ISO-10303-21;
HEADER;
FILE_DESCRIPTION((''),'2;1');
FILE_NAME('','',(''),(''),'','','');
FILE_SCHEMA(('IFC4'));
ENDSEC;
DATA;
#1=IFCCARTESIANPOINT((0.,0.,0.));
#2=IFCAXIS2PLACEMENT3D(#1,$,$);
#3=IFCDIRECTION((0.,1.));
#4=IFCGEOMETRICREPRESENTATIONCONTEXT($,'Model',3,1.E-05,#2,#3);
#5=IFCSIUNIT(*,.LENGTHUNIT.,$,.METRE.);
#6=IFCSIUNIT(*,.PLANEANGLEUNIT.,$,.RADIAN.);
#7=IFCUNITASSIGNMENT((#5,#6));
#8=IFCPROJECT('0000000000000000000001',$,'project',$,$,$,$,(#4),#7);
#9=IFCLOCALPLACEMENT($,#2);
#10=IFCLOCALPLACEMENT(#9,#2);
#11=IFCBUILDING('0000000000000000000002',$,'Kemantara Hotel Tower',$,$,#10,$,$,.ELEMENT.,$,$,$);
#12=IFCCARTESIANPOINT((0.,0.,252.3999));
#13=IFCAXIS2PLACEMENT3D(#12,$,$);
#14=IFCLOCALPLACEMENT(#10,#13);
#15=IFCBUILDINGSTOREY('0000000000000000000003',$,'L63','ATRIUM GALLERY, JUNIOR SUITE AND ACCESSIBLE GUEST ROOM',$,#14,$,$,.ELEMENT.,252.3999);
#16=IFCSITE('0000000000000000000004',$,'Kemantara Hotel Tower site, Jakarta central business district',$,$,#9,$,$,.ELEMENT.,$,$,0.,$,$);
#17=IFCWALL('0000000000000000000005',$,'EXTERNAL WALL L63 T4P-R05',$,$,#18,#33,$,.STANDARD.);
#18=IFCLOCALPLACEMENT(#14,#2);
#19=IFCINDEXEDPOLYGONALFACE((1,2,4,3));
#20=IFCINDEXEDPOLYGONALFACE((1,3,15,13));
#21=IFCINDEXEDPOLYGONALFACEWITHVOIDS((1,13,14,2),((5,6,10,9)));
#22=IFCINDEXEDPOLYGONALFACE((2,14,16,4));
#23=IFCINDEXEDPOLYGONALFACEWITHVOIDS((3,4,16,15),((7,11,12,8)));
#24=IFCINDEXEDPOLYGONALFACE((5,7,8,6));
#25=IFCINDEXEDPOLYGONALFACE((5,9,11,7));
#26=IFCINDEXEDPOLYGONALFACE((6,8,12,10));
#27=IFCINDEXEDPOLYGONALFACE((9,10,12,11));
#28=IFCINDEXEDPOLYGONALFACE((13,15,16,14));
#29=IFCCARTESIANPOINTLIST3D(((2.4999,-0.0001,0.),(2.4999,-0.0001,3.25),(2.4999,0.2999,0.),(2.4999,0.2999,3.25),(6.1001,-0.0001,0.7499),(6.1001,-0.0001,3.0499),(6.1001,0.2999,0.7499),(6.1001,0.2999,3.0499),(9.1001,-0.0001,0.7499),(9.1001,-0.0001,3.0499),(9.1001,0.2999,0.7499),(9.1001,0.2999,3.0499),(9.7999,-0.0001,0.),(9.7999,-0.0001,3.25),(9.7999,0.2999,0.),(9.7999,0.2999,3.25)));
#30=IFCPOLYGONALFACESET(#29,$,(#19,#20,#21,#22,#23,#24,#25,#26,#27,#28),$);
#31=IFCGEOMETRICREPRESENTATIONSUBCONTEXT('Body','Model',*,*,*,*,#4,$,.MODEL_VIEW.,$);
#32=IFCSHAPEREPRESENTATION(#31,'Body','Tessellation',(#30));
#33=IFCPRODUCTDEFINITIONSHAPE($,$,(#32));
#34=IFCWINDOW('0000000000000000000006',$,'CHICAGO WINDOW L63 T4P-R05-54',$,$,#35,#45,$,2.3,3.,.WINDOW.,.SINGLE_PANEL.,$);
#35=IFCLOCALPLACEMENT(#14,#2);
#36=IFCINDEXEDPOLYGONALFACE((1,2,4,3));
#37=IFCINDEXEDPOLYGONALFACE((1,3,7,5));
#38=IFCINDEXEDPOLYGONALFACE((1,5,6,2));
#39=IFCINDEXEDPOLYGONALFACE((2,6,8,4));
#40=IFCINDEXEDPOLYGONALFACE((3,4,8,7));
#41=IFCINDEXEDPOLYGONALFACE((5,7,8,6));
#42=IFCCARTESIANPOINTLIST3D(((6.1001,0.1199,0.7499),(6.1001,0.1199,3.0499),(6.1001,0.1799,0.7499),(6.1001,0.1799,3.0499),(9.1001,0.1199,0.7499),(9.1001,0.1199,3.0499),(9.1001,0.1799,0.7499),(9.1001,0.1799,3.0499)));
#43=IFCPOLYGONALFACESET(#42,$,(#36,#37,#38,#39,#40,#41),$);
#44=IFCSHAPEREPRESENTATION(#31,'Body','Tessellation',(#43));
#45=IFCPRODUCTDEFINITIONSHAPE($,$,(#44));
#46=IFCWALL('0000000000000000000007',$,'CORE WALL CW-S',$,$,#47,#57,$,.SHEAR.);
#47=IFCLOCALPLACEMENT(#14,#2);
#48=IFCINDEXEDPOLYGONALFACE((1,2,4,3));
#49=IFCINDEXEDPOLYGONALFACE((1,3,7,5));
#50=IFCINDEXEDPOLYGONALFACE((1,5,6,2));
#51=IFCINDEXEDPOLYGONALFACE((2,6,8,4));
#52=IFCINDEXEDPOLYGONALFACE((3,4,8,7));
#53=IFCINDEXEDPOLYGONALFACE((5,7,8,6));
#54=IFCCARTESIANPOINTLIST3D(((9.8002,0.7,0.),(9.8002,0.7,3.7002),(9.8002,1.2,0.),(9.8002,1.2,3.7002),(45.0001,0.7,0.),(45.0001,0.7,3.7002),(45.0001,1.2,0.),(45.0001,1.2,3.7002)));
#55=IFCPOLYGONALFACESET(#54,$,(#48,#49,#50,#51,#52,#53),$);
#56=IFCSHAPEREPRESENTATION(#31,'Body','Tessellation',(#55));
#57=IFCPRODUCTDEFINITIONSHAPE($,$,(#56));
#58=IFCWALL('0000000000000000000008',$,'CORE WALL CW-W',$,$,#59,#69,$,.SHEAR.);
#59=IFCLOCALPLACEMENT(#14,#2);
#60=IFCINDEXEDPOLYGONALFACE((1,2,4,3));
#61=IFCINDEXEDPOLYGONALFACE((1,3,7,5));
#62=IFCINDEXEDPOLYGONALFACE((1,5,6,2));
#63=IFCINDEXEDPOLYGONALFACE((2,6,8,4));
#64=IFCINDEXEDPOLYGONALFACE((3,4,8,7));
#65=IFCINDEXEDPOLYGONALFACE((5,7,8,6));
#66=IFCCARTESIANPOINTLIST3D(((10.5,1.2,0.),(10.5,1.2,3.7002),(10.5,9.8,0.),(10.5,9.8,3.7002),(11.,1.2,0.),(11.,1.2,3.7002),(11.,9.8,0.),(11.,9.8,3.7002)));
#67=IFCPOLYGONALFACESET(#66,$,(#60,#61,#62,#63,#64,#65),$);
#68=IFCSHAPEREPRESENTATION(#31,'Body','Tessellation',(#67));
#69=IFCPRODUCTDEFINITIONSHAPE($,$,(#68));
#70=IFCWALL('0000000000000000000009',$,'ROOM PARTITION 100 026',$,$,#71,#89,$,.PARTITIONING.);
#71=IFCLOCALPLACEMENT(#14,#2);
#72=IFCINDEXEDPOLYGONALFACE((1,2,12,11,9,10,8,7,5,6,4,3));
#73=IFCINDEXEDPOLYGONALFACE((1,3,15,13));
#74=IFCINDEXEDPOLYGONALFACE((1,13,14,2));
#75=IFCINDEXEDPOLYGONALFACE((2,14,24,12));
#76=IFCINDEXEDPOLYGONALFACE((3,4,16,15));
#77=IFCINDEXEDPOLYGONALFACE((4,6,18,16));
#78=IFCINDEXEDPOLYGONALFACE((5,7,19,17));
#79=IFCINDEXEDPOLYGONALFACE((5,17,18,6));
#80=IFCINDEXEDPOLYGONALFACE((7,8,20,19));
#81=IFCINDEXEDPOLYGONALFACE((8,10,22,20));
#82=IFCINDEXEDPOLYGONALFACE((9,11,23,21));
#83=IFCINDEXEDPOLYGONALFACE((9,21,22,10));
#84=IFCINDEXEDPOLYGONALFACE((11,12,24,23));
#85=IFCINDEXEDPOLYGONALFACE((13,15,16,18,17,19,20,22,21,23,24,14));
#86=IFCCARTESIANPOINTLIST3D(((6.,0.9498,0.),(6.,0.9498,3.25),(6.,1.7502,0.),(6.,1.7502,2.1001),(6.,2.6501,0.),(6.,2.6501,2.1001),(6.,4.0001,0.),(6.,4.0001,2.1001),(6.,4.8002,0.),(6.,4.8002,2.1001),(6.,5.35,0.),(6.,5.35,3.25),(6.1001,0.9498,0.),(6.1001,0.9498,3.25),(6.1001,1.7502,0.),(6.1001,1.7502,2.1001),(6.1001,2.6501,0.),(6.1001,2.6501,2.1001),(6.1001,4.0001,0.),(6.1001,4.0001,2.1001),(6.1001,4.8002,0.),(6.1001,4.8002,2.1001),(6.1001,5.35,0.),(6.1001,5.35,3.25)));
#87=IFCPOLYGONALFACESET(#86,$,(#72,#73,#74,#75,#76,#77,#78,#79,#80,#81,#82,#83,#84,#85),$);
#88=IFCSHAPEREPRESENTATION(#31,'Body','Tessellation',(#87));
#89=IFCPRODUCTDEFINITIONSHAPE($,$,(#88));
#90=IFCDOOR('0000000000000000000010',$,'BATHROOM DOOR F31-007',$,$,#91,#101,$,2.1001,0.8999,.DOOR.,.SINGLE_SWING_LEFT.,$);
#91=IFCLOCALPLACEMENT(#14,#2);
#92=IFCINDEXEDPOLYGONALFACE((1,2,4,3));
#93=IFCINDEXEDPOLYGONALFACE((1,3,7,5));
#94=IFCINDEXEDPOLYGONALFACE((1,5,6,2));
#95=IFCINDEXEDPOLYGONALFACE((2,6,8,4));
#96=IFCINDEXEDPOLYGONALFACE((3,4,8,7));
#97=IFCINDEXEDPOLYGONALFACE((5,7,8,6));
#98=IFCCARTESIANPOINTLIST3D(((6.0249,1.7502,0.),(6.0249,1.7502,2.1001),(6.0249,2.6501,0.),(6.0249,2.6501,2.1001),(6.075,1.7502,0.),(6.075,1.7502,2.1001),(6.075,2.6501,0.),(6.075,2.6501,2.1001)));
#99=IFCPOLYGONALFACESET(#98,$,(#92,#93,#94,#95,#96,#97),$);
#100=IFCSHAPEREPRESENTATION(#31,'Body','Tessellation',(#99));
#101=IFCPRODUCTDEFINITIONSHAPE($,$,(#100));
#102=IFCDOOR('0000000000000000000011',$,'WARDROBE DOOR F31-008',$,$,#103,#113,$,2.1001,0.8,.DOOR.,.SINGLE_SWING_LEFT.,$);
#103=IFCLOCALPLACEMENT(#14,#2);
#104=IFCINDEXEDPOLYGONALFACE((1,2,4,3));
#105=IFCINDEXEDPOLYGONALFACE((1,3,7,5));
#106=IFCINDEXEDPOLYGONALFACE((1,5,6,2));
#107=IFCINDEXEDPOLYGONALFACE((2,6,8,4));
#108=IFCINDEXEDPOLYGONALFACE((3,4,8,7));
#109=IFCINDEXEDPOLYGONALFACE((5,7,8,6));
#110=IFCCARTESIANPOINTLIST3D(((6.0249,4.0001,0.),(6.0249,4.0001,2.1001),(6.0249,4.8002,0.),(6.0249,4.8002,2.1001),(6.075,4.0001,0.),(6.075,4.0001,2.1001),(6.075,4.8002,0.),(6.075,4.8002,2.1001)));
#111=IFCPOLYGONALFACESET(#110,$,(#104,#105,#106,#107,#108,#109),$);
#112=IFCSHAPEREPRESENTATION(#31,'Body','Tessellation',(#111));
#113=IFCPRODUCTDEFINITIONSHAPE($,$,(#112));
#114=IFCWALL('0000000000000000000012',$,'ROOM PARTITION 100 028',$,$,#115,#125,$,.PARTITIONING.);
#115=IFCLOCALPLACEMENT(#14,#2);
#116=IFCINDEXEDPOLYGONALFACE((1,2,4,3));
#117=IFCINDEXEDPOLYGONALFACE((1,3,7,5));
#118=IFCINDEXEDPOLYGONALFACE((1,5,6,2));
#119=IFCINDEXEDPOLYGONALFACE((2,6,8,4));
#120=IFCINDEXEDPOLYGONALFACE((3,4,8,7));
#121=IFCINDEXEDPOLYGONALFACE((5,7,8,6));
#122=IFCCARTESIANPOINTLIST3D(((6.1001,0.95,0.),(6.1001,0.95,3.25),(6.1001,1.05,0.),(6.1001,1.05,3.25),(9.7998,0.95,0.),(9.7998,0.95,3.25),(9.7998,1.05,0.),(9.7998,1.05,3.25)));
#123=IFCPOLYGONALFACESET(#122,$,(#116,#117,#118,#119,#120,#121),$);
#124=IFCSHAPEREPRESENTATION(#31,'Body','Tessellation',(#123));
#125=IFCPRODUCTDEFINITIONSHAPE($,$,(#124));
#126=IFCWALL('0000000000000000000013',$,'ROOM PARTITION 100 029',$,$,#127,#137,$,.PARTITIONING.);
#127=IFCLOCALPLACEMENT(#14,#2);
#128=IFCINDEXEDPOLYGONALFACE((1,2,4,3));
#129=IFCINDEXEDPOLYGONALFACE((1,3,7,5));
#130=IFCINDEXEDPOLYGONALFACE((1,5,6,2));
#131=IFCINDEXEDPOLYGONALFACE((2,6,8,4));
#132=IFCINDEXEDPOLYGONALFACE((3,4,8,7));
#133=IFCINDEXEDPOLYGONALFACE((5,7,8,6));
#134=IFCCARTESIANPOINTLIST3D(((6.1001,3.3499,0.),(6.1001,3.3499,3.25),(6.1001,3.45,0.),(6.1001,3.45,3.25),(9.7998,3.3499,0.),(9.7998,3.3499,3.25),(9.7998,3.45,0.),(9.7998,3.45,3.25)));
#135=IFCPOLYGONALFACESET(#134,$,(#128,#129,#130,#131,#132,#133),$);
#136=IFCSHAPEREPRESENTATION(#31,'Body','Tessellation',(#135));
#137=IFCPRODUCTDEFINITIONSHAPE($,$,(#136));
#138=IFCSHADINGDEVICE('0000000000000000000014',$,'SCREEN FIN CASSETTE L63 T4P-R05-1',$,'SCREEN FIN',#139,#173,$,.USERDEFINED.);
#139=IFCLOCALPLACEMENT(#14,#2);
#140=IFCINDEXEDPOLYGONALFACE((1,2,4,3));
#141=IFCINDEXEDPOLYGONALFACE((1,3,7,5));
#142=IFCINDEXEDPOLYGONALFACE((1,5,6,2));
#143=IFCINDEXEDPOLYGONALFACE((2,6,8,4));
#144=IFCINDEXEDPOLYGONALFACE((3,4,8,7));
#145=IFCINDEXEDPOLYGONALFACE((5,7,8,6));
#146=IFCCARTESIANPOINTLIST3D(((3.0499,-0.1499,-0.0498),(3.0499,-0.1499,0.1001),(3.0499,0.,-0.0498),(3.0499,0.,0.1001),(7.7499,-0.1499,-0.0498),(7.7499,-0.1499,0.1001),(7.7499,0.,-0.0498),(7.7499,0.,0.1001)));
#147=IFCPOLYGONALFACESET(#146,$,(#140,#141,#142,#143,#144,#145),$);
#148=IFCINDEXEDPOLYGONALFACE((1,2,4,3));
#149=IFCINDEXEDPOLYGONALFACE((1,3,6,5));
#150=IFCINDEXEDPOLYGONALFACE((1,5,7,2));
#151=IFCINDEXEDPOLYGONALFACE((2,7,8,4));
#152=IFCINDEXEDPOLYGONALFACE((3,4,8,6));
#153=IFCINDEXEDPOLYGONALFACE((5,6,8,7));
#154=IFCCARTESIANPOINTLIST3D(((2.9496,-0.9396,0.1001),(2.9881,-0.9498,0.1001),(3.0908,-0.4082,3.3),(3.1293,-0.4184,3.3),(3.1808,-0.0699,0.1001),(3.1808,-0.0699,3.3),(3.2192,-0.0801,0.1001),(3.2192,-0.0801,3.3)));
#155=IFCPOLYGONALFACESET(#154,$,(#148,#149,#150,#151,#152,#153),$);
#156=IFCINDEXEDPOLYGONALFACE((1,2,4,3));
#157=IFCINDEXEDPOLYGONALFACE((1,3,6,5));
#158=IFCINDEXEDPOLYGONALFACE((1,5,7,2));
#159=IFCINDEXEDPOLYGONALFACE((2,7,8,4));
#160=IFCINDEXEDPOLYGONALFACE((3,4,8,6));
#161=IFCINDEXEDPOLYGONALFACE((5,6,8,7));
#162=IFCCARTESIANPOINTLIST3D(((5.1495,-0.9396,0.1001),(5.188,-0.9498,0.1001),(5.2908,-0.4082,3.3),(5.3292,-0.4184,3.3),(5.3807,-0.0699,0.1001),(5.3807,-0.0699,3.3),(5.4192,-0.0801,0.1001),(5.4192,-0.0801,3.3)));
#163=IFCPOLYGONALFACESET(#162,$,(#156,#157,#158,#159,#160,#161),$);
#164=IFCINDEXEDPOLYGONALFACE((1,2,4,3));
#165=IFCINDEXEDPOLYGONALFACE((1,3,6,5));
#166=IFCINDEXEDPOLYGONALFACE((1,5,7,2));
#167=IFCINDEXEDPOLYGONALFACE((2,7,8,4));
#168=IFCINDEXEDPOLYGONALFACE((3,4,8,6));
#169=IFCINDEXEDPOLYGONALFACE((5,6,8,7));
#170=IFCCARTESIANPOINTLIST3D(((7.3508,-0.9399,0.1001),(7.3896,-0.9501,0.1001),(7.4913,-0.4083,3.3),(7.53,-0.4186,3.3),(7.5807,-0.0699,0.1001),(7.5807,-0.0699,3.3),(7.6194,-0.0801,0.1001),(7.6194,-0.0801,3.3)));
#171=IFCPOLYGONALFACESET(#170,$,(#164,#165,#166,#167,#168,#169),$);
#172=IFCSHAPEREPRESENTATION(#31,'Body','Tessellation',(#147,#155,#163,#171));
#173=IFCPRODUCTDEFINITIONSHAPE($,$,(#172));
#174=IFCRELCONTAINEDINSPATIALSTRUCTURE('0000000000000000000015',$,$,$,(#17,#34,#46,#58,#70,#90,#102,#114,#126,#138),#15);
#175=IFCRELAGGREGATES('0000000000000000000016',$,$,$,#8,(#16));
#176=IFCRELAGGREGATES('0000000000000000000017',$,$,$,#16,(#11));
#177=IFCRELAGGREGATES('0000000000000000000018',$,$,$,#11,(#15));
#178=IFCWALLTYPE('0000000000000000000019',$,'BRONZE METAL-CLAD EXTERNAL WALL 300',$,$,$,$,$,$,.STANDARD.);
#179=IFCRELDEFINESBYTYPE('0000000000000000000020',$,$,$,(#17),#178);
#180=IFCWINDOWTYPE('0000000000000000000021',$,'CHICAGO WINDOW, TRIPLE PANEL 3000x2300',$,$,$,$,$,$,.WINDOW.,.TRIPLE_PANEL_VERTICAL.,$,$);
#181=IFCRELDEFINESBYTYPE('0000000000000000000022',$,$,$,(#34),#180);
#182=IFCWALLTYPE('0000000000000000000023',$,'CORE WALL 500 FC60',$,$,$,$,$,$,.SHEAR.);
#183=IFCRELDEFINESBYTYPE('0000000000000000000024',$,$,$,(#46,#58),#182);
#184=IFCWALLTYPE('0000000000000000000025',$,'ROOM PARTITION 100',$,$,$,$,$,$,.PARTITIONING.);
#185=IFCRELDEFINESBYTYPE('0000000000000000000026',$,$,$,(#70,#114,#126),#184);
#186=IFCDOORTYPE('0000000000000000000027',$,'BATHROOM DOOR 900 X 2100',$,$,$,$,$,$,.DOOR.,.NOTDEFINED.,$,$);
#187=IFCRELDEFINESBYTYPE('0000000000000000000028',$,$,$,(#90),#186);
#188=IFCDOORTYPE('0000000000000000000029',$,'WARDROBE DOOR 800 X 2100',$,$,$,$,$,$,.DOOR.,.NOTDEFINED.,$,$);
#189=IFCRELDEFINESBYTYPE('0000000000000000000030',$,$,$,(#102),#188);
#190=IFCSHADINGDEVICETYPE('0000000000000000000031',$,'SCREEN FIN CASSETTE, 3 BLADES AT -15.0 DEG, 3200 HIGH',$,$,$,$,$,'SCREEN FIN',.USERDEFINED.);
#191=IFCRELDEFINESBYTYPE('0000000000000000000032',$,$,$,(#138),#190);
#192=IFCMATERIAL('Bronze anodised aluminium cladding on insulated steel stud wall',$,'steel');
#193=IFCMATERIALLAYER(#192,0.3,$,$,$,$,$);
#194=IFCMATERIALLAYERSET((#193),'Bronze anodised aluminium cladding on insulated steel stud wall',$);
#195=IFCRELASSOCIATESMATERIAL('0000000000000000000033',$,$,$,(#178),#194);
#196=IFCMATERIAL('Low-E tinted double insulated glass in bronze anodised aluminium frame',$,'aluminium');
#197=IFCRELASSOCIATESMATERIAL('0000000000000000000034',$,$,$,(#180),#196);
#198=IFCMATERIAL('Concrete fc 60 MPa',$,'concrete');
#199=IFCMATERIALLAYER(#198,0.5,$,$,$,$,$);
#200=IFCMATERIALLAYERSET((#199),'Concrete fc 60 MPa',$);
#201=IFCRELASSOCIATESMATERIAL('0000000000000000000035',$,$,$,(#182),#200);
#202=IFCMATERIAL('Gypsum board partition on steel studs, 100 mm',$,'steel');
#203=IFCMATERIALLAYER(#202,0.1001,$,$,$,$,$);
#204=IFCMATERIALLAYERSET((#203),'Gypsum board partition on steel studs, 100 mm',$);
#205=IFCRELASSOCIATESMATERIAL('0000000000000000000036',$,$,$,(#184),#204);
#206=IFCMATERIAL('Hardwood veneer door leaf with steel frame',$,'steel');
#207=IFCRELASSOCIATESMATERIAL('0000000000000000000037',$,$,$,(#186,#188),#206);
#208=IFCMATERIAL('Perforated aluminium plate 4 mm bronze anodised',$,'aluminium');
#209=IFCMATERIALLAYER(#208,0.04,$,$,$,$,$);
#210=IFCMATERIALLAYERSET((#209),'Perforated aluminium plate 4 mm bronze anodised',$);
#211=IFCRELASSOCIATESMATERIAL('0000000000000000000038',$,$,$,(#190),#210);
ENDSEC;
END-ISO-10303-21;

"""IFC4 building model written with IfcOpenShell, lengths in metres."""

from ifc_helpers import new_model, si_unit, direction, frame, frame_2d, origin, origin_2d, place, context, subcontext, project, spatial, polyline, rectangle, outline, extrude, source, transform, mapped, material, layer, layer_set, type_object, element, fill, save


model = new_model("IFC4")

# Units and contexts
model_context = context("Model", 3, precision=1e-05, world=origin(), true_north=direction((0.0, 1.0)))
body_context = subcontext(model_context, "Body", "Model", "MODEL_VIEW")
ifc_project = project(units=[si_unit("LENGTHUNIT", "METRE"), si_unit("PLANEANGLEUNIT", "RADIAN")], contexts=[model_context])

# Site, building, storey
site_placement = place(None, origin())
site = spatial("IfcSite", under=ifc_project, at=site_placement, Name="Kemantara Hotel Tower site, Jakarta central business district", CompositionType="ELEMENT", RefElevation=0.0)
building_placement = place(site_placement, origin())
building = spatial("IfcBuilding", under=site, at=building_placement, Name="Kemantara Hotel Tower", CompositionType="ELEMENT")
storey_placement = place(building_placement, frame((0.0, 0.0, 252.3999)))
storey = spatial("IfcBuildingStorey", under=building, at=storey_placement, Name="L63", Description="ATRIUM GALLERY, JUNIOR SUITE AND ACCESSIBLE GUEST ROOM", CompositionType="ELEMENT", Elevation=252.3999)

# Shared definitions
ifc_material_1 = material(Name="Concrete fc 60 MPa", Category="concrete")

# Shared definitions
ifc_material_2 = material(Name="Bronze anodised aluminium cladding on insulated steel stud wall", Category="steel")
ifc_layer_1 = layer(ifc_material_2, 0.3)
ifc_layer_set_1 = layer_set([ifc_layer_1], Name="Bronze anodised aluminium cladding on insulated steel stud wall")
wall_type_1 = type_object("IfcWallType", Name="BRONZE METAL-CLAD EXTERNAL WALL 300", PredefinedType="STANDARD", material=ifc_layer_set_1)

# Wall, opening, window
wall_1_placement = place(storey_placement, frame((2.5, 0.1499, 0.0), z_axis=(0.0, 0.0, 1.0), x_axis=(1.0, 0.0, 0.0)))
wall_1 = element("IfcWall", 1, at=wall_1_placement, inside=storey, type_object=wall_type_1, Name="EXTERNAL WALL L63 T4P-R05", PredefinedType="STANDARD", context=body_context, shape_type="SweptSolid", body=[
    extrude(rectangle(XDim=7.3, YDim=0.3, at=frame_2d((3.6499, 0.0))), origin(), (0.0, 0.0, 1.0), 3.25),
])
opening_1_placement = place(wall_1_placement, frame((3.6001, 0.0, 0.75)))
opening_1 = element("IfcOpeningElement", 2, at=opening_1_placement, cuts=wall_1, PredefinedType="OPENING", context=body_context, shape_type="SweptSolid", body=[
    extrude(rectangle(XDim=3.0, YDim=2.3, at=frame_2d((1.5, 1.1499))), frame((0.0, 0.1599, 0.0), z_axis=(0.0, -1.0, 0.0), x_axis=(1.0, 0.0, 0.0)), (0.0, 0.0, 1.0), 0.3201),
])
ifc_material_3 = material(Name="Low-E tinted double insulated glass in bronze anodised aluminium frame", Category="aluminium")
window_type = type_object("IfcWindowType", Name="CHICAGO WINDOW, TRIPLE PANEL 3000x2300", PartitioningType="TRIPLE_PANEL_VERTICAL", PredefinedType="WINDOW", material=ifc_material_3)
window_placement = place(opening_1_placement, origin())
window = element("IfcWindow", 3, at=window_placement, inside=storey, type_object=window_type, Name="CHICAGO WINDOW L63 T4P-R05-54", OverallHeight=2.3, OverallWidth=3.0, PartitioningType="SINGLE_PANEL", PredefinedType="WINDOW", context=body_context, shape_type="SweptSolid", body=[
    extrude(rectangle(XDim=3.0, YDim=2.3, at=frame_2d((1.5, 1.1499))), frame((0.0, 0.03, 0.0), z_axis=(0.0, -1.0, 0.0), x_axis=(1.0, 0.0, 0.0)), (0.0, 0.0, 1.0), 0.0601),
])
fill(opening_1, window)

# Walls
ifc_layer_2 = layer(ifc_material_1, 0.5)
ifc_layer_set_2 = layer_set([ifc_layer_2], Name="Concrete fc 60 MPa")
wall_type_2 = type_object("IfcWallType", Name="CORE WALL 500 FC60", PredefinedType="SHEAR", material=ifc_layer_set_2)
wall_2_placement = place(storey_placement, frame((9.8, 0.95, 0.0), z_axis=(0.0, 0.0, 1.0), x_axis=(1.0, 0.0, 0.0)))
element("IfcWall", 4, at=wall_2_placement, inside=storey, type_object=wall_type_2, Name="CORE WALL CW-S", PredefinedType="SHEAR", context=body_context, shape_type="SweptSolid", body=[
    extrude(rectangle(XDim=35.2, YDim=0.5, at=frame_2d((17.6001, 0.0))), origin(), (0.0, 0.0, 1.0), 3.7002),
])
wall_3_placement = place(storey_placement, frame((10.75, 1.2, 0.0), z_axis=(0.0, 0.0, 1.0), x_axis=(0.0, 1.0, 0.0)))
element("IfcWall", 5, at=wall_3_placement, inside=storey, type_object=wall_type_2, Name="CORE WALL CW-W", PredefinedType="SHEAR", context=body_context, shape_type="SweptSolid", body=[
    extrude(rectangle(XDim=8.6001, YDim=0.5, at=frame_2d((4.3, 0.0))), origin(), (0.0, 0.0, 1.0), 3.7002),
])

# Wall, openings, doors
ifc_material_4 = material(Name="Gypsum board partition on steel studs, 100 mm", Category="steel")
ifc_layer_3 = layer(ifc_material_4, 0.1001)
ifc_layer_set_3 = layer_set([ifc_layer_3], Name="Gypsum board partition on steel studs, 100 mm")
wall_type_3 = type_object("IfcWallType", Name="ROOM PARTITION 100", PredefinedType="PARTITIONING", material=ifc_layer_set_3)
wall_4_placement = place(storey_placement, frame((6.05, 5.3501, 0.0), z_axis=(0.0, 0.0, 1.0), x_axis=(0.0, -1.0, 0.0)))
wall_4 = element("IfcWall", 6, at=wall_4_placement, inside=storey, type_object=wall_type_3, Name="ROOM PARTITION 100 026", PredefinedType="PARTITIONING", context=body_context, shape_type="SweptSolid", body=[
    extrude(rectangle(XDim=4.4001, YDim=0.1001, at=frame_2d((2.2002, 0.0))), origin(), (0.0, 0.0, 1.0), 3.25),
])
opening_2_placement = place(wall_4_placement, frame((2.7, 0.0, 0.0)))
opening_2 = element("IfcOpeningElement", 7, at=opening_2_placement, cuts=wall_4, PredefinedType="OPENING", context=body_context, shape_type="SweptSolid", body=[
    extrude(rectangle(XDim=0.8999, YDim=2.1001, at=frame_2d((0.45, 1.05))), frame((0.0, 0.0601, 0.0), z_axis=(0.0, -1.0, 0.0), x_axis=(1.0, 0.0, 0.0)), (0.0, 0.0, 1.0), 0.1201),
])
opening_3_placement = place(wall_4_placement, frame((0.55, 0.0, 0.0)))
opening_3 = element("IfcOpeningElement", 8, at=opening_3_placement, cuts=wall_4, PredefinedType="OPENING", context=body_context, shape_type="SweptSolid", body=[
    extrude(rectangle(XDim=0.8, YDim=2.1001, at=frame_2d((0.3999, 1.05))), frame((0.0, 0.0601, 0.0), z_axis=(0.0, -1.0, 0.0), x_axis=(1.0, 0.0, 0.0)), (0.0, 0.0, 1.0), 0.1201),
])
ifc_material_5 = material(Name="Hardwood veneer door leaf with steel frame", Category="steel")
door_type_1 = type_object("IfcDoorType", Name="BATHROOM DOOR 900 X 2100", OperationType="NOTDEFINED", PredefinedType="DOOR", material=ifc_material_5)
door_1_placement = place(opening_2_placement, origin())
door_1 = element("IfcDoor", 9, at=door_1_placement, inside=storey, type_object=door_type_1, Name="BATHROOM DOOR F31-007", OperationType="SINGLE_SWING_LEFT", OverallHeight=2.1001, OverallWidth=0.8999, PredefinedType="DOOR", context=body_context, shape_type="SweptSolid", body=[
    extrude(rectangle(XDim=0.8999, YDim=2.1001, at=frame_2d((0.45, 1.05))), frame((0.0, 0.0249, 0.0), z_axis=(0.0, -1.0, 0.0), x_axis=(1.0, 0.0, 0.0)), (0.0, 0.0, 1.0), 0.05),
])
fill(opening_2, door_1)
door_type_2 = type_object("IfcDoorType", Name="WARDROBE DOOR 800 X 2100", OperationType="NOTDEFINED", PredefinedType="DOOR", material=ifc_material_5)
door_2_placement = place(opening_3_placement, origin())
door_2 = element("IfcDoor", 10, at=door_2_placement, inside=storey, type_object=door_type_2, Name="WARDROBE DOOR F31-008", OperationType="SINGLE_SWING_LEFT", OverallHeight=2.1001, OverallWidth=0.8, PredefinedType="DOOR", context=body_context, shape_type="SweptSolid", body=[
    extrude(rectangle(XDim=0.8, YDim=2.1001, at=frame_2d((0.3999, 1.05))), frame((0.0, 0.0249, 0.0), z_axis=(0.0, -1.0, 0.0), x_axis=(1.0, 0.0, 0.0)), (0.0, 0.0, 1.0), 0.05),
])
fill(opening_3, door_2)

# Walls
for number, where, z_axis, x_axis, name in (
    (11, (6.1001, 1.0, 0.0), (0.0, 0.0, 1.0), (1.0, 0.0, 0.0), "ROOM PARTITION 100 028"),
    (12, (6.1001, 3.3999, 0.0), (0.0, 0.0, 1.0), (1.0, 0.0, 0.0), "ROOM PARTITION 100 029"),
):
    element("IfcWall", number, at=place(storey_placement, frame(where, z_axis=z_axis, x_axis=x_axis)), inside=storey, type_object=wall_type_3, Name=name, PredefinedType="PARTITIONING", context=body_context, shape_type="SweptSolid", body=[
        extrude(rectangle(XDim=3.6997, YDim=0.1001, at=frame_2d((1.8499, 0.0))), origin(), (0.0, 0.0, 1.0), 3.25),
    ])

# Shading device
ifc_material_6 = material(Name="Perforated aluminium plate 4 mm bronze anodised", Category="aluminium")
ifc_layer_4 = layer(ifc_material_6, 0.04)
ifc_layer_set_4 = layer_set([ifc_layer_4], Name="Perforated aluminium plate 4 mm bronze anodised")
shading_device_type_1 = type_object("IfcShadingDeviceType", Name="SCREEN FIN CASSETTE, 3 BLADES AT -15.0 DEG, 3200 HIGH", ElementType="SCREEN FIN", PredefinedType="USERDEFINED", material=ifc_layer_set_4)
shared_shape_1 = source(origin(), body_context, "Body", "SweptSolid", [
    extrude(rectangle(XDim=4.7, YDim=0.1499, at=origin_2d()), frame((2.2, -0.075, -0.1499), z_axis=(0.0, 0.0, 1.0), x_axis=(1.0, 0.0, 0.0)), (0.0, 0.0, 1.0), 0.1499),
    extrude(outline(polyline([(0.0, 0.0), (0.8999, 0.0), (0.3501, 3.2), (0.0, 3.2), (0.0, 0.0)])), frame((0.0193, -0.0801, 0.0), z_axis=(-0.966438, 0.256901, 0.0), x_axis=(-0.256901, -0.966438, 0.0)), (0.0, 0.0, 1.0), 0.0398),
    extrude(outline(polyline([(0.0, 0.0), (0.8999, 0.0), (0.3501, 3.2), (0.0, 3.2), (0.0, 0.0)])), frame((2.2192, -0.0801, 0.0), z_axis=(-0.966438, 0.256901, 0.0), x_axis=(-0.256901, -0.966438, 0.0)), (0.0, 0.0, 1.0), 0.0398),
    extrude(outline(polyline([(0.0, 0.0), (0.8999, 0.0), (0.3501, 3.2), (0.0, 3.2), (0.0, 0.0)])), frame((4.4194, -0.0801, 0.0), z_axis=(-0.966838, 0.255391, 0.0), x_axis=(-0.255391, -0.966838, 0.0)), (0.0, 0.0, 1.0), 0.04),
])
shading_device_1_placement = place(storey_placement, frame((3.2, 0.0, 0.1001), z_axis=(0.0, 0.0, 1.0), x_axis=(1.0, 0.0, 0.0)))
element("IfcShadingDevice", 13, at=shading_device_1_placement, inside=storey, type_object=shading_device_type_1, Name="SCREEN FIN CASSETTE L63 T4P-R05-1", ObjectType="SCREEN FIN", PredefinedType="USERDEFINED", context=body_context, shape_type="MappedRepresentation", body=[
    mapped(shared_shape_1, transform((0.0, 0.0, 0.0))),
])

save(model, "model.ifc")
